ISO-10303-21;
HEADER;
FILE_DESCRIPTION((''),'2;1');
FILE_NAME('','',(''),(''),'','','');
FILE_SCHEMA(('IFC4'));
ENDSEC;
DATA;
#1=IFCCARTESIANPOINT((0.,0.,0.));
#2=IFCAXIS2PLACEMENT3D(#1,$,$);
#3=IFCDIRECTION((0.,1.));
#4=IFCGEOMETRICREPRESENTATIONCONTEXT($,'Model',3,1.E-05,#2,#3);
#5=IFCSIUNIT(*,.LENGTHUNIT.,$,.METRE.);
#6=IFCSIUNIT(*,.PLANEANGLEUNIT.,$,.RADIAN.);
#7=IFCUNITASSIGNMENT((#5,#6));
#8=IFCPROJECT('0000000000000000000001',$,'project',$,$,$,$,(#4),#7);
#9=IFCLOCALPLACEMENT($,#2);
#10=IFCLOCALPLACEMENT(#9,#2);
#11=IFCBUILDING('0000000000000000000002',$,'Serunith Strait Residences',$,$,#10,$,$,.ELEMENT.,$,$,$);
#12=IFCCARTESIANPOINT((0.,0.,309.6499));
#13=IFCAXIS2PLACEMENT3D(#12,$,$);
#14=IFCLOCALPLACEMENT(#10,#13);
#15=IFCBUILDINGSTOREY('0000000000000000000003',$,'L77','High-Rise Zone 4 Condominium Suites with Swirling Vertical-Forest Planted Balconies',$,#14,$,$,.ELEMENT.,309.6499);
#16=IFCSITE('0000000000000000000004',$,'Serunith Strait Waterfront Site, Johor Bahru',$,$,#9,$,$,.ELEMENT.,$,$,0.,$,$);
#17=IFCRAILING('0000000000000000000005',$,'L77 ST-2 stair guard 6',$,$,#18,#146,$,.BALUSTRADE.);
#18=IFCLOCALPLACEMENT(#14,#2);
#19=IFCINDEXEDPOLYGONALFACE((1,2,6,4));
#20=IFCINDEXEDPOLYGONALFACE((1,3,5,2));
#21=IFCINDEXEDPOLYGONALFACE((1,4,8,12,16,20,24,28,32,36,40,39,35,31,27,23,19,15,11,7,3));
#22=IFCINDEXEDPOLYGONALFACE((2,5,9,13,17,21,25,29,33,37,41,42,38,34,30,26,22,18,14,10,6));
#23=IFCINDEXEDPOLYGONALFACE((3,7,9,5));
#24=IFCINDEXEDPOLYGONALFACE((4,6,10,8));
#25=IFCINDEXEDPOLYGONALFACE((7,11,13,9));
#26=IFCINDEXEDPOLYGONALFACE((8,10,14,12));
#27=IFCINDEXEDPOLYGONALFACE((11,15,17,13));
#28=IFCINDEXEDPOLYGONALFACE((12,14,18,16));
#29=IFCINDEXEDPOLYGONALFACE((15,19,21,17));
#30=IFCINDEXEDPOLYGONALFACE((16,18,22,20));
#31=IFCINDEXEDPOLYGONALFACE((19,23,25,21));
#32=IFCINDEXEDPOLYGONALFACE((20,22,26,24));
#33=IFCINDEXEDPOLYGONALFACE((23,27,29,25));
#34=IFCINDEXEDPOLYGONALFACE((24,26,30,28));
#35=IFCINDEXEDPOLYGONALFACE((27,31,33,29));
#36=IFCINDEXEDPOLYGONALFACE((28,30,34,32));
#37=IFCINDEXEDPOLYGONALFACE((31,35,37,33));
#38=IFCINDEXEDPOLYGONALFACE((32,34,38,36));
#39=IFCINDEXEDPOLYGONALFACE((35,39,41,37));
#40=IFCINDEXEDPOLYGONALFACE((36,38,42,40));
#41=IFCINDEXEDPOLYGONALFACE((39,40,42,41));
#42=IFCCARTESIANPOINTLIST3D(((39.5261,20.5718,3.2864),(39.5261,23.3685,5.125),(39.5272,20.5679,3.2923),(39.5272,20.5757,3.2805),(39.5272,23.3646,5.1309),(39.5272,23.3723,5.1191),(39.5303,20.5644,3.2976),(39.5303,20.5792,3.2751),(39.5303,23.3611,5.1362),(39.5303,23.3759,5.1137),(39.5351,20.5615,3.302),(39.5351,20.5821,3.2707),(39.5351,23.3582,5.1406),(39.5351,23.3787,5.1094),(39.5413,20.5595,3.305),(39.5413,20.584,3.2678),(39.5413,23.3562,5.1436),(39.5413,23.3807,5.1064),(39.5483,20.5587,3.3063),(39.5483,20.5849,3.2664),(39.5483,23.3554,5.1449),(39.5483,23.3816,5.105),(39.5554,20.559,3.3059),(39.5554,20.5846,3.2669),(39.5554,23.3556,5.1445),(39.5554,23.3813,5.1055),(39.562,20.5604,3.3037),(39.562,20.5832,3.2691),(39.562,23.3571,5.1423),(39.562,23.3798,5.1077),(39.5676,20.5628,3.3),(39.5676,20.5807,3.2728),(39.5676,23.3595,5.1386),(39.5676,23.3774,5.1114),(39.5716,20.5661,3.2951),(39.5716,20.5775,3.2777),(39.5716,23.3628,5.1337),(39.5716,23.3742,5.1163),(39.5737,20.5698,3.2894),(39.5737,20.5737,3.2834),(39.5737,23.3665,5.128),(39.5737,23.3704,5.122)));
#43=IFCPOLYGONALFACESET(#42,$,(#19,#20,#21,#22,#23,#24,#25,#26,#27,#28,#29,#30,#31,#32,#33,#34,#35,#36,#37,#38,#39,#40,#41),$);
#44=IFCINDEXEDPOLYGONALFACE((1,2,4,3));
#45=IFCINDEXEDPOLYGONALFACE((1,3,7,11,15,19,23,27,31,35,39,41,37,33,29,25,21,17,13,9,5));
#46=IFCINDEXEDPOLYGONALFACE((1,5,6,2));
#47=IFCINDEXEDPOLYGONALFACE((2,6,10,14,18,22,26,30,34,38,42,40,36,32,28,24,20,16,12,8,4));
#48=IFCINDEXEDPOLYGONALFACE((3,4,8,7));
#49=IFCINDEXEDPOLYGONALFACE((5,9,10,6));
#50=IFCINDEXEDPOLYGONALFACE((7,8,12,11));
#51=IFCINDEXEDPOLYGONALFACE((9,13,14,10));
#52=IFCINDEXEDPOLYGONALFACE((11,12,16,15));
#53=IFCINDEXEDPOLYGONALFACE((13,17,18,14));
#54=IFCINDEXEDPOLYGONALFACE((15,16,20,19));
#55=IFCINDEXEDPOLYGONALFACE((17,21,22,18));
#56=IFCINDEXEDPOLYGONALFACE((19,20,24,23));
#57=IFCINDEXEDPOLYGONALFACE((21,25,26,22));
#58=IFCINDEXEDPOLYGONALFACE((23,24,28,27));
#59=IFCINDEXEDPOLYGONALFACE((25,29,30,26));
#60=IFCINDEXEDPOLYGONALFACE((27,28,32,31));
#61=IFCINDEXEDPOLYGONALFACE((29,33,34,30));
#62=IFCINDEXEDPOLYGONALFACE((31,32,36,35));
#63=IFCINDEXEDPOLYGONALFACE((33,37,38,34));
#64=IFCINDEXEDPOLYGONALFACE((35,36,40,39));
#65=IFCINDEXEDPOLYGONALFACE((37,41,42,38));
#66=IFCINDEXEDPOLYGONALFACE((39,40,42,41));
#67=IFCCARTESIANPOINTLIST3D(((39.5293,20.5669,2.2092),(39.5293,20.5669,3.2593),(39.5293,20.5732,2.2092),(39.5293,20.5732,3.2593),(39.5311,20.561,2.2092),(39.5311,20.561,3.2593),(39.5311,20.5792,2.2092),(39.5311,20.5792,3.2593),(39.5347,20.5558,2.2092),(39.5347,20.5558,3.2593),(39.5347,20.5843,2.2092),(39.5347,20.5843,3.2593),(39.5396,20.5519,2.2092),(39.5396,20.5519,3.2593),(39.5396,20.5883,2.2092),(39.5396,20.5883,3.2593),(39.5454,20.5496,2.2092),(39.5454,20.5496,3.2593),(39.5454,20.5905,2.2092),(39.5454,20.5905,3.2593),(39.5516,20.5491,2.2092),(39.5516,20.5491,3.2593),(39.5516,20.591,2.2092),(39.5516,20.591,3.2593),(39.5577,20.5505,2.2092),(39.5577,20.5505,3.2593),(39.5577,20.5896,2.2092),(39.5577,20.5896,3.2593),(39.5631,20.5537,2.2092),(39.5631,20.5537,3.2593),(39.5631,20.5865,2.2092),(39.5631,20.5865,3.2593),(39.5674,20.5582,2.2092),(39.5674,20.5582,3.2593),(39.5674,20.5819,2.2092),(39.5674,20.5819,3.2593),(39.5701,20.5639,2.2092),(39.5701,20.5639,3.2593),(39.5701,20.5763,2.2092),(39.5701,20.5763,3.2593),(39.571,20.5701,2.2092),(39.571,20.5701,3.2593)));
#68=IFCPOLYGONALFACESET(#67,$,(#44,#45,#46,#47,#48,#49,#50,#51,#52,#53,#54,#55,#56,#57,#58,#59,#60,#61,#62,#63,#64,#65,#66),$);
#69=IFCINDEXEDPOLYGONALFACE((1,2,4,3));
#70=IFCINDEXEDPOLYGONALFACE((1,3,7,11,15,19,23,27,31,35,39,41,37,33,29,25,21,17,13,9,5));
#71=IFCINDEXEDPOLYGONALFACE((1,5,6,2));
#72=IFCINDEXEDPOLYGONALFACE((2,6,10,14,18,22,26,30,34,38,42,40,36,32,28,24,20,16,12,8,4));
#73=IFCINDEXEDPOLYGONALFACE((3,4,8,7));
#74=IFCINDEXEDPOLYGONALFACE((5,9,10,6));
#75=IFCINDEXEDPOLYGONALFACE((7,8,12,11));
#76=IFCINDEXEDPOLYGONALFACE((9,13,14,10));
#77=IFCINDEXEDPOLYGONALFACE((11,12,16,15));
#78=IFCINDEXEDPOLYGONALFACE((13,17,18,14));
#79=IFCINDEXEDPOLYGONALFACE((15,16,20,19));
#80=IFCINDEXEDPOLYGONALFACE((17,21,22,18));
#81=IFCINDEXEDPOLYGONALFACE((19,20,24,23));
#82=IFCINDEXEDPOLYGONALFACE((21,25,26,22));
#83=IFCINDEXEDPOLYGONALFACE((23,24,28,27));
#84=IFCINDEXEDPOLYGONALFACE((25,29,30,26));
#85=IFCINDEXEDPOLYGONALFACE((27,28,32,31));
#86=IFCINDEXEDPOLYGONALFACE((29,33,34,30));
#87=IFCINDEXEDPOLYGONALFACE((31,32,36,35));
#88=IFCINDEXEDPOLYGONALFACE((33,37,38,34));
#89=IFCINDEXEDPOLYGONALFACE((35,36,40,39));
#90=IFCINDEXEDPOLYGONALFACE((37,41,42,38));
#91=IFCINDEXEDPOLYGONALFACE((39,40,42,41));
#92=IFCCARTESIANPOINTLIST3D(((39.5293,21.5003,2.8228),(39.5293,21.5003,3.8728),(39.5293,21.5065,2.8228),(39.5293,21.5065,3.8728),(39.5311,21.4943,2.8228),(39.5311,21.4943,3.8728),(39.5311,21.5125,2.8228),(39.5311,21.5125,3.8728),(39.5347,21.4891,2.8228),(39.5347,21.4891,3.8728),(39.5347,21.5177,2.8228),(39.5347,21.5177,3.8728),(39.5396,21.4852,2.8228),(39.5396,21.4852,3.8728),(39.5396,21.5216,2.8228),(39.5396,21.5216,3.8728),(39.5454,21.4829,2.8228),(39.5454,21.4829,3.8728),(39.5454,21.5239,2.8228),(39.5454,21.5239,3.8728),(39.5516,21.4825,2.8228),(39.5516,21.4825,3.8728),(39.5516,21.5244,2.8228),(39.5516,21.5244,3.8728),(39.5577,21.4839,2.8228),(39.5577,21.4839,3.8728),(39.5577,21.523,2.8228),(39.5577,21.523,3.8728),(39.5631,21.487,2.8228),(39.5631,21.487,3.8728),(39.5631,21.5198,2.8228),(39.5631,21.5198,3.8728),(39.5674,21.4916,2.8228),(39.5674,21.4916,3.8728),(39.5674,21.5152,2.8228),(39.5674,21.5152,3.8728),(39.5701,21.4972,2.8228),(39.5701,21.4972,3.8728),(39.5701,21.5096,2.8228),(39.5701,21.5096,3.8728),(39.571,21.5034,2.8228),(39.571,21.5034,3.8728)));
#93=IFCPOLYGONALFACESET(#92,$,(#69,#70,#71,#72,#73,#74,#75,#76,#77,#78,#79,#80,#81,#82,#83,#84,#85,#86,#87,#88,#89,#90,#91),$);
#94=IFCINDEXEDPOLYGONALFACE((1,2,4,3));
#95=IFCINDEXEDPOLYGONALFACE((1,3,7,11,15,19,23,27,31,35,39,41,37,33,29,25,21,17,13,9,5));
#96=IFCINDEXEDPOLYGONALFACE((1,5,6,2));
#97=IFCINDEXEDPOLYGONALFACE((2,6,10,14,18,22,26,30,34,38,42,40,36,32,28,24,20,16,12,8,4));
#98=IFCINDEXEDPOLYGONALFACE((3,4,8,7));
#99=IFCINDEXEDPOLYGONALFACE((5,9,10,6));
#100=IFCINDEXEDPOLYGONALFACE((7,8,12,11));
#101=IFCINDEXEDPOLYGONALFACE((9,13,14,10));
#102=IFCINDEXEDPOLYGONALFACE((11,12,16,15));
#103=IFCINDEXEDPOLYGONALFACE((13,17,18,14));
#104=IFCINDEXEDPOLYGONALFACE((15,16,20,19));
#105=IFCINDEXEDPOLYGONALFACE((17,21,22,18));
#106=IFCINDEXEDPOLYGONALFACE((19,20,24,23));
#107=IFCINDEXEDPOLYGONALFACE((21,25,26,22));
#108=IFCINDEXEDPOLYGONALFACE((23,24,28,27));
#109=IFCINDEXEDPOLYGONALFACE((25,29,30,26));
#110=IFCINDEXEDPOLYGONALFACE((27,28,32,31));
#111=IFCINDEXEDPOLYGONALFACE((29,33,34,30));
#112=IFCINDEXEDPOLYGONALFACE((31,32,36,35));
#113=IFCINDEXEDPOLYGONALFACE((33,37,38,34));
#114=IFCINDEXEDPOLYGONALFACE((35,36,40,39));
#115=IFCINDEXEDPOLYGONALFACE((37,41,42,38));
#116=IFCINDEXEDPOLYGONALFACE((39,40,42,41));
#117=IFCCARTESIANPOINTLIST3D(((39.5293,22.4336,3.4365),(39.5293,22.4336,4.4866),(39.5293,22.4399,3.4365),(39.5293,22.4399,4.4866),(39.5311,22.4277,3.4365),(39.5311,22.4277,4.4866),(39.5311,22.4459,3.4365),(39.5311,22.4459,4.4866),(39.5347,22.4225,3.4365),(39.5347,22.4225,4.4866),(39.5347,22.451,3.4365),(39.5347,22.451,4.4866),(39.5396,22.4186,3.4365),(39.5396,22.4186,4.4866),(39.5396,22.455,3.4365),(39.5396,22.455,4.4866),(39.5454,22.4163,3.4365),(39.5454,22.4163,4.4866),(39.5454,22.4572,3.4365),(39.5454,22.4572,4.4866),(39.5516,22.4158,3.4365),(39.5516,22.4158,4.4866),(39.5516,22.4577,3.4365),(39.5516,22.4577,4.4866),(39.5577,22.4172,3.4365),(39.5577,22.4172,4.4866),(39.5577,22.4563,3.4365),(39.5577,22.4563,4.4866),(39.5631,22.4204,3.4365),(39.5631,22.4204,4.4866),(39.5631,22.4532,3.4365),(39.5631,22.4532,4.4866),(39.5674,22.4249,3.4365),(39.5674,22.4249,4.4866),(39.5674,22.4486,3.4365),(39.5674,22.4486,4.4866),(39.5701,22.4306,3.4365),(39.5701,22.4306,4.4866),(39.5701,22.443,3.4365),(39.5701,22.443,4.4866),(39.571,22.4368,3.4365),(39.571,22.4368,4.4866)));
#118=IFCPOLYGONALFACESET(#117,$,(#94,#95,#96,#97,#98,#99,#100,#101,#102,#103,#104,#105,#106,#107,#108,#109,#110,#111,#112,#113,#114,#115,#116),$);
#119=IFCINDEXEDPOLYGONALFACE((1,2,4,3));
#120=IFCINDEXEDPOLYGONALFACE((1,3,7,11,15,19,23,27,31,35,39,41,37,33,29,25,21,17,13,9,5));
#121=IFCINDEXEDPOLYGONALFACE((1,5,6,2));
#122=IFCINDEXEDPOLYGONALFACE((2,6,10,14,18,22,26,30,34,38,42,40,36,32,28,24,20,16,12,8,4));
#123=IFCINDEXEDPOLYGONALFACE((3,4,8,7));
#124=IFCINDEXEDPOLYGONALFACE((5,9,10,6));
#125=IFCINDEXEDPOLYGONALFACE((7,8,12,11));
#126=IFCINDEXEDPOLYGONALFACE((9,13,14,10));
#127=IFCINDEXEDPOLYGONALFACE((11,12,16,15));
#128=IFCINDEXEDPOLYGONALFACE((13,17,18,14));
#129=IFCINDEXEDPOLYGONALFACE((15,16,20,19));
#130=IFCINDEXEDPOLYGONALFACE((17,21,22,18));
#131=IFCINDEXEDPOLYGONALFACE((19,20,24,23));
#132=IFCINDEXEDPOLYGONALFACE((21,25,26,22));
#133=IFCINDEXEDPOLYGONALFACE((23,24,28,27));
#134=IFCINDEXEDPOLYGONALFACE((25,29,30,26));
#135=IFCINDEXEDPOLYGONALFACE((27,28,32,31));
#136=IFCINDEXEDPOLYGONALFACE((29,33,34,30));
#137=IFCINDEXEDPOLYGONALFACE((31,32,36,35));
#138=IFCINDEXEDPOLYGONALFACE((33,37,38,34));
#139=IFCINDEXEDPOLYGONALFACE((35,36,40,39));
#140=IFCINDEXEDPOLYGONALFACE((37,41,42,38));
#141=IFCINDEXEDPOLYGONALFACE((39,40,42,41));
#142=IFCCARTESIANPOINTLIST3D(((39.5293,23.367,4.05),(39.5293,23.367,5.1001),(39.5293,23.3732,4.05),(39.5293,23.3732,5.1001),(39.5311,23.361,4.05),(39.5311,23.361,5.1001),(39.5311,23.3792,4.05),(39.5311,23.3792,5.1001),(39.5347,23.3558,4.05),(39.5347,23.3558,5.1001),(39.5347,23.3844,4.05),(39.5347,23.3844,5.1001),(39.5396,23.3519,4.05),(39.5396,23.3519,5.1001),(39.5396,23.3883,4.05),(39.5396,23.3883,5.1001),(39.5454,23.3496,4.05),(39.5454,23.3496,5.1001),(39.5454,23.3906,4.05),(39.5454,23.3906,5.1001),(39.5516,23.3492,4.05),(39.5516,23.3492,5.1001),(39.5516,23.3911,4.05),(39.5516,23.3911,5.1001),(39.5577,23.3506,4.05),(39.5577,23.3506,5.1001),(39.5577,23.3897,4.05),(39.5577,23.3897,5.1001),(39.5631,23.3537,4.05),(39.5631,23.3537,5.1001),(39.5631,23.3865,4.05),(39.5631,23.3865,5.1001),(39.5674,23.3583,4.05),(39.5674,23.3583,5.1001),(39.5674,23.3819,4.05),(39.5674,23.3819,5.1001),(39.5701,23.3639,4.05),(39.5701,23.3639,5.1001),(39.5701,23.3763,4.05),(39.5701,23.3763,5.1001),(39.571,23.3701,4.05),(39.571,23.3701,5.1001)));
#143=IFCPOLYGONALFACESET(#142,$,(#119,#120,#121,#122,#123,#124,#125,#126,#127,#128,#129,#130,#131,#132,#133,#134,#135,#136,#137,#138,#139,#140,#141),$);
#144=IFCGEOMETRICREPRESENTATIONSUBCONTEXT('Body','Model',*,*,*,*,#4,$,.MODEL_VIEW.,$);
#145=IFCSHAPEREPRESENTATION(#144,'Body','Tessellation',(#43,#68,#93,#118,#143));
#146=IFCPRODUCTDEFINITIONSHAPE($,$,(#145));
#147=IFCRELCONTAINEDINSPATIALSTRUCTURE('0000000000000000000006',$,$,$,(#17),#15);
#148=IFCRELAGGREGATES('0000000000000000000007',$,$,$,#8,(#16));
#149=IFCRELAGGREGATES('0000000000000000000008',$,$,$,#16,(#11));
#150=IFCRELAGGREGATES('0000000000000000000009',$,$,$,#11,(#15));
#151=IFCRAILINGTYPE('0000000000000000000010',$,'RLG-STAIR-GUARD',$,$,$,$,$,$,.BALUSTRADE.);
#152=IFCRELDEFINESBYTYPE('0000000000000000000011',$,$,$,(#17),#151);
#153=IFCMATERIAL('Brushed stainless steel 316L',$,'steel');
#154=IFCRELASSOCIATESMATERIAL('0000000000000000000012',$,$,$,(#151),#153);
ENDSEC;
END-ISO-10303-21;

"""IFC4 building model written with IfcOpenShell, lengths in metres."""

from ifc_helpers import new_model, si_unit, direction, frame, origin, origin_2d, place, context, subcontext, project, spatial, circle, extrude, material, type_object, element, save


model = new_model("IFC4")

# Units and contexts
model_context = context("Model", 3, precision=1e-05, world=origin(), true_north=direction((0.0, 1.0)))
body_context = subcontext(model_context, "Body", "Model", "MODEL_VIEW")
ifc_project = project(units=[si_unit("LENGTHUNIT", "METRE"), si_unit("PLANEANGLEUNIT", "RADIAN")], contexts=[model_context])

# Site, building, storey
site_placement = place(None, origin())
site = spatial("IfcSite", under=ifc_project, at=site_placement, Name="Serunith Strait Waterfront Site, Johor Bahru", CompositionType="ELEMENT", RefElevation=0.0)
building_placement = place(site_placement, origin())
building = spatial("IfcBuilding", under=site, at=building_placement, Name="Serunith Strait Residences", CompositionType="ELEMENT")
storey_placement = place(building_placement, frame((0.0, 0.0, 309.6499)))
storey = spatial("IfcBuildingStorey", under=building, at=storey_placement, Name="L77", Description="High-Rise Zone 4 Condominium Suites with Swirling Vertical-Forest Planted Balconies", CompositionType="ELEMENT", Elevation=309.6499)

# Railing
ifc_material_1 = material(Name="Brushed stainless steel 316L", Category="steel")
railing_type_1 = type_object("IfcRailingType", Name="RLG-STAIR-GUARD", PredefinedType="BALUSTRADE", material=ifc_material_1)
railing_1_placement = place(storey_placement, frame((39.55, 20.5701, 2.2092)))
element("IfcRailing", 1, at=railing_1_placement, inside=storey, type_object=railing_type_1, Name="L77 ST-2 stair guard 6", PredefinedType="BALUSTRADE", context=body_context, shape_type="SweptSolid", body=[
    extrude(circle(Radius=0.0239, at=origin_2d()), frame((0.0, 0.0017, 1.0771), z_axis=(0.0, 0.835598, 0.549342), x_axis=(-1.0, 0.0, 0.0)), (0.0, 0.0, 1.0), 3.3469),
    extrude(circle(Radius=0.021, at=origin_2d()), origin(), (0.0, 0.0, 1.0), 1.05),
    extrude(circle(Radius=0.021, at=origin_2d()), frame((0.0, 0.9333, 0.6135)), (0.0, 0.0, 1.0), 1.05),
    extrude(circle(Radius=0.021, at=origin_2d()), frame((0.0, 1.8667, 1.2273)), (0.0, 0.0, 1.0), 1.05),
    extrude(circle(Radius=0.021, at=origin_2d()), frame((0.0, 2.8, 1.8408)), (0.0, 0.0, 1.0), 1.05),
])

save(model, "model.ifc")
